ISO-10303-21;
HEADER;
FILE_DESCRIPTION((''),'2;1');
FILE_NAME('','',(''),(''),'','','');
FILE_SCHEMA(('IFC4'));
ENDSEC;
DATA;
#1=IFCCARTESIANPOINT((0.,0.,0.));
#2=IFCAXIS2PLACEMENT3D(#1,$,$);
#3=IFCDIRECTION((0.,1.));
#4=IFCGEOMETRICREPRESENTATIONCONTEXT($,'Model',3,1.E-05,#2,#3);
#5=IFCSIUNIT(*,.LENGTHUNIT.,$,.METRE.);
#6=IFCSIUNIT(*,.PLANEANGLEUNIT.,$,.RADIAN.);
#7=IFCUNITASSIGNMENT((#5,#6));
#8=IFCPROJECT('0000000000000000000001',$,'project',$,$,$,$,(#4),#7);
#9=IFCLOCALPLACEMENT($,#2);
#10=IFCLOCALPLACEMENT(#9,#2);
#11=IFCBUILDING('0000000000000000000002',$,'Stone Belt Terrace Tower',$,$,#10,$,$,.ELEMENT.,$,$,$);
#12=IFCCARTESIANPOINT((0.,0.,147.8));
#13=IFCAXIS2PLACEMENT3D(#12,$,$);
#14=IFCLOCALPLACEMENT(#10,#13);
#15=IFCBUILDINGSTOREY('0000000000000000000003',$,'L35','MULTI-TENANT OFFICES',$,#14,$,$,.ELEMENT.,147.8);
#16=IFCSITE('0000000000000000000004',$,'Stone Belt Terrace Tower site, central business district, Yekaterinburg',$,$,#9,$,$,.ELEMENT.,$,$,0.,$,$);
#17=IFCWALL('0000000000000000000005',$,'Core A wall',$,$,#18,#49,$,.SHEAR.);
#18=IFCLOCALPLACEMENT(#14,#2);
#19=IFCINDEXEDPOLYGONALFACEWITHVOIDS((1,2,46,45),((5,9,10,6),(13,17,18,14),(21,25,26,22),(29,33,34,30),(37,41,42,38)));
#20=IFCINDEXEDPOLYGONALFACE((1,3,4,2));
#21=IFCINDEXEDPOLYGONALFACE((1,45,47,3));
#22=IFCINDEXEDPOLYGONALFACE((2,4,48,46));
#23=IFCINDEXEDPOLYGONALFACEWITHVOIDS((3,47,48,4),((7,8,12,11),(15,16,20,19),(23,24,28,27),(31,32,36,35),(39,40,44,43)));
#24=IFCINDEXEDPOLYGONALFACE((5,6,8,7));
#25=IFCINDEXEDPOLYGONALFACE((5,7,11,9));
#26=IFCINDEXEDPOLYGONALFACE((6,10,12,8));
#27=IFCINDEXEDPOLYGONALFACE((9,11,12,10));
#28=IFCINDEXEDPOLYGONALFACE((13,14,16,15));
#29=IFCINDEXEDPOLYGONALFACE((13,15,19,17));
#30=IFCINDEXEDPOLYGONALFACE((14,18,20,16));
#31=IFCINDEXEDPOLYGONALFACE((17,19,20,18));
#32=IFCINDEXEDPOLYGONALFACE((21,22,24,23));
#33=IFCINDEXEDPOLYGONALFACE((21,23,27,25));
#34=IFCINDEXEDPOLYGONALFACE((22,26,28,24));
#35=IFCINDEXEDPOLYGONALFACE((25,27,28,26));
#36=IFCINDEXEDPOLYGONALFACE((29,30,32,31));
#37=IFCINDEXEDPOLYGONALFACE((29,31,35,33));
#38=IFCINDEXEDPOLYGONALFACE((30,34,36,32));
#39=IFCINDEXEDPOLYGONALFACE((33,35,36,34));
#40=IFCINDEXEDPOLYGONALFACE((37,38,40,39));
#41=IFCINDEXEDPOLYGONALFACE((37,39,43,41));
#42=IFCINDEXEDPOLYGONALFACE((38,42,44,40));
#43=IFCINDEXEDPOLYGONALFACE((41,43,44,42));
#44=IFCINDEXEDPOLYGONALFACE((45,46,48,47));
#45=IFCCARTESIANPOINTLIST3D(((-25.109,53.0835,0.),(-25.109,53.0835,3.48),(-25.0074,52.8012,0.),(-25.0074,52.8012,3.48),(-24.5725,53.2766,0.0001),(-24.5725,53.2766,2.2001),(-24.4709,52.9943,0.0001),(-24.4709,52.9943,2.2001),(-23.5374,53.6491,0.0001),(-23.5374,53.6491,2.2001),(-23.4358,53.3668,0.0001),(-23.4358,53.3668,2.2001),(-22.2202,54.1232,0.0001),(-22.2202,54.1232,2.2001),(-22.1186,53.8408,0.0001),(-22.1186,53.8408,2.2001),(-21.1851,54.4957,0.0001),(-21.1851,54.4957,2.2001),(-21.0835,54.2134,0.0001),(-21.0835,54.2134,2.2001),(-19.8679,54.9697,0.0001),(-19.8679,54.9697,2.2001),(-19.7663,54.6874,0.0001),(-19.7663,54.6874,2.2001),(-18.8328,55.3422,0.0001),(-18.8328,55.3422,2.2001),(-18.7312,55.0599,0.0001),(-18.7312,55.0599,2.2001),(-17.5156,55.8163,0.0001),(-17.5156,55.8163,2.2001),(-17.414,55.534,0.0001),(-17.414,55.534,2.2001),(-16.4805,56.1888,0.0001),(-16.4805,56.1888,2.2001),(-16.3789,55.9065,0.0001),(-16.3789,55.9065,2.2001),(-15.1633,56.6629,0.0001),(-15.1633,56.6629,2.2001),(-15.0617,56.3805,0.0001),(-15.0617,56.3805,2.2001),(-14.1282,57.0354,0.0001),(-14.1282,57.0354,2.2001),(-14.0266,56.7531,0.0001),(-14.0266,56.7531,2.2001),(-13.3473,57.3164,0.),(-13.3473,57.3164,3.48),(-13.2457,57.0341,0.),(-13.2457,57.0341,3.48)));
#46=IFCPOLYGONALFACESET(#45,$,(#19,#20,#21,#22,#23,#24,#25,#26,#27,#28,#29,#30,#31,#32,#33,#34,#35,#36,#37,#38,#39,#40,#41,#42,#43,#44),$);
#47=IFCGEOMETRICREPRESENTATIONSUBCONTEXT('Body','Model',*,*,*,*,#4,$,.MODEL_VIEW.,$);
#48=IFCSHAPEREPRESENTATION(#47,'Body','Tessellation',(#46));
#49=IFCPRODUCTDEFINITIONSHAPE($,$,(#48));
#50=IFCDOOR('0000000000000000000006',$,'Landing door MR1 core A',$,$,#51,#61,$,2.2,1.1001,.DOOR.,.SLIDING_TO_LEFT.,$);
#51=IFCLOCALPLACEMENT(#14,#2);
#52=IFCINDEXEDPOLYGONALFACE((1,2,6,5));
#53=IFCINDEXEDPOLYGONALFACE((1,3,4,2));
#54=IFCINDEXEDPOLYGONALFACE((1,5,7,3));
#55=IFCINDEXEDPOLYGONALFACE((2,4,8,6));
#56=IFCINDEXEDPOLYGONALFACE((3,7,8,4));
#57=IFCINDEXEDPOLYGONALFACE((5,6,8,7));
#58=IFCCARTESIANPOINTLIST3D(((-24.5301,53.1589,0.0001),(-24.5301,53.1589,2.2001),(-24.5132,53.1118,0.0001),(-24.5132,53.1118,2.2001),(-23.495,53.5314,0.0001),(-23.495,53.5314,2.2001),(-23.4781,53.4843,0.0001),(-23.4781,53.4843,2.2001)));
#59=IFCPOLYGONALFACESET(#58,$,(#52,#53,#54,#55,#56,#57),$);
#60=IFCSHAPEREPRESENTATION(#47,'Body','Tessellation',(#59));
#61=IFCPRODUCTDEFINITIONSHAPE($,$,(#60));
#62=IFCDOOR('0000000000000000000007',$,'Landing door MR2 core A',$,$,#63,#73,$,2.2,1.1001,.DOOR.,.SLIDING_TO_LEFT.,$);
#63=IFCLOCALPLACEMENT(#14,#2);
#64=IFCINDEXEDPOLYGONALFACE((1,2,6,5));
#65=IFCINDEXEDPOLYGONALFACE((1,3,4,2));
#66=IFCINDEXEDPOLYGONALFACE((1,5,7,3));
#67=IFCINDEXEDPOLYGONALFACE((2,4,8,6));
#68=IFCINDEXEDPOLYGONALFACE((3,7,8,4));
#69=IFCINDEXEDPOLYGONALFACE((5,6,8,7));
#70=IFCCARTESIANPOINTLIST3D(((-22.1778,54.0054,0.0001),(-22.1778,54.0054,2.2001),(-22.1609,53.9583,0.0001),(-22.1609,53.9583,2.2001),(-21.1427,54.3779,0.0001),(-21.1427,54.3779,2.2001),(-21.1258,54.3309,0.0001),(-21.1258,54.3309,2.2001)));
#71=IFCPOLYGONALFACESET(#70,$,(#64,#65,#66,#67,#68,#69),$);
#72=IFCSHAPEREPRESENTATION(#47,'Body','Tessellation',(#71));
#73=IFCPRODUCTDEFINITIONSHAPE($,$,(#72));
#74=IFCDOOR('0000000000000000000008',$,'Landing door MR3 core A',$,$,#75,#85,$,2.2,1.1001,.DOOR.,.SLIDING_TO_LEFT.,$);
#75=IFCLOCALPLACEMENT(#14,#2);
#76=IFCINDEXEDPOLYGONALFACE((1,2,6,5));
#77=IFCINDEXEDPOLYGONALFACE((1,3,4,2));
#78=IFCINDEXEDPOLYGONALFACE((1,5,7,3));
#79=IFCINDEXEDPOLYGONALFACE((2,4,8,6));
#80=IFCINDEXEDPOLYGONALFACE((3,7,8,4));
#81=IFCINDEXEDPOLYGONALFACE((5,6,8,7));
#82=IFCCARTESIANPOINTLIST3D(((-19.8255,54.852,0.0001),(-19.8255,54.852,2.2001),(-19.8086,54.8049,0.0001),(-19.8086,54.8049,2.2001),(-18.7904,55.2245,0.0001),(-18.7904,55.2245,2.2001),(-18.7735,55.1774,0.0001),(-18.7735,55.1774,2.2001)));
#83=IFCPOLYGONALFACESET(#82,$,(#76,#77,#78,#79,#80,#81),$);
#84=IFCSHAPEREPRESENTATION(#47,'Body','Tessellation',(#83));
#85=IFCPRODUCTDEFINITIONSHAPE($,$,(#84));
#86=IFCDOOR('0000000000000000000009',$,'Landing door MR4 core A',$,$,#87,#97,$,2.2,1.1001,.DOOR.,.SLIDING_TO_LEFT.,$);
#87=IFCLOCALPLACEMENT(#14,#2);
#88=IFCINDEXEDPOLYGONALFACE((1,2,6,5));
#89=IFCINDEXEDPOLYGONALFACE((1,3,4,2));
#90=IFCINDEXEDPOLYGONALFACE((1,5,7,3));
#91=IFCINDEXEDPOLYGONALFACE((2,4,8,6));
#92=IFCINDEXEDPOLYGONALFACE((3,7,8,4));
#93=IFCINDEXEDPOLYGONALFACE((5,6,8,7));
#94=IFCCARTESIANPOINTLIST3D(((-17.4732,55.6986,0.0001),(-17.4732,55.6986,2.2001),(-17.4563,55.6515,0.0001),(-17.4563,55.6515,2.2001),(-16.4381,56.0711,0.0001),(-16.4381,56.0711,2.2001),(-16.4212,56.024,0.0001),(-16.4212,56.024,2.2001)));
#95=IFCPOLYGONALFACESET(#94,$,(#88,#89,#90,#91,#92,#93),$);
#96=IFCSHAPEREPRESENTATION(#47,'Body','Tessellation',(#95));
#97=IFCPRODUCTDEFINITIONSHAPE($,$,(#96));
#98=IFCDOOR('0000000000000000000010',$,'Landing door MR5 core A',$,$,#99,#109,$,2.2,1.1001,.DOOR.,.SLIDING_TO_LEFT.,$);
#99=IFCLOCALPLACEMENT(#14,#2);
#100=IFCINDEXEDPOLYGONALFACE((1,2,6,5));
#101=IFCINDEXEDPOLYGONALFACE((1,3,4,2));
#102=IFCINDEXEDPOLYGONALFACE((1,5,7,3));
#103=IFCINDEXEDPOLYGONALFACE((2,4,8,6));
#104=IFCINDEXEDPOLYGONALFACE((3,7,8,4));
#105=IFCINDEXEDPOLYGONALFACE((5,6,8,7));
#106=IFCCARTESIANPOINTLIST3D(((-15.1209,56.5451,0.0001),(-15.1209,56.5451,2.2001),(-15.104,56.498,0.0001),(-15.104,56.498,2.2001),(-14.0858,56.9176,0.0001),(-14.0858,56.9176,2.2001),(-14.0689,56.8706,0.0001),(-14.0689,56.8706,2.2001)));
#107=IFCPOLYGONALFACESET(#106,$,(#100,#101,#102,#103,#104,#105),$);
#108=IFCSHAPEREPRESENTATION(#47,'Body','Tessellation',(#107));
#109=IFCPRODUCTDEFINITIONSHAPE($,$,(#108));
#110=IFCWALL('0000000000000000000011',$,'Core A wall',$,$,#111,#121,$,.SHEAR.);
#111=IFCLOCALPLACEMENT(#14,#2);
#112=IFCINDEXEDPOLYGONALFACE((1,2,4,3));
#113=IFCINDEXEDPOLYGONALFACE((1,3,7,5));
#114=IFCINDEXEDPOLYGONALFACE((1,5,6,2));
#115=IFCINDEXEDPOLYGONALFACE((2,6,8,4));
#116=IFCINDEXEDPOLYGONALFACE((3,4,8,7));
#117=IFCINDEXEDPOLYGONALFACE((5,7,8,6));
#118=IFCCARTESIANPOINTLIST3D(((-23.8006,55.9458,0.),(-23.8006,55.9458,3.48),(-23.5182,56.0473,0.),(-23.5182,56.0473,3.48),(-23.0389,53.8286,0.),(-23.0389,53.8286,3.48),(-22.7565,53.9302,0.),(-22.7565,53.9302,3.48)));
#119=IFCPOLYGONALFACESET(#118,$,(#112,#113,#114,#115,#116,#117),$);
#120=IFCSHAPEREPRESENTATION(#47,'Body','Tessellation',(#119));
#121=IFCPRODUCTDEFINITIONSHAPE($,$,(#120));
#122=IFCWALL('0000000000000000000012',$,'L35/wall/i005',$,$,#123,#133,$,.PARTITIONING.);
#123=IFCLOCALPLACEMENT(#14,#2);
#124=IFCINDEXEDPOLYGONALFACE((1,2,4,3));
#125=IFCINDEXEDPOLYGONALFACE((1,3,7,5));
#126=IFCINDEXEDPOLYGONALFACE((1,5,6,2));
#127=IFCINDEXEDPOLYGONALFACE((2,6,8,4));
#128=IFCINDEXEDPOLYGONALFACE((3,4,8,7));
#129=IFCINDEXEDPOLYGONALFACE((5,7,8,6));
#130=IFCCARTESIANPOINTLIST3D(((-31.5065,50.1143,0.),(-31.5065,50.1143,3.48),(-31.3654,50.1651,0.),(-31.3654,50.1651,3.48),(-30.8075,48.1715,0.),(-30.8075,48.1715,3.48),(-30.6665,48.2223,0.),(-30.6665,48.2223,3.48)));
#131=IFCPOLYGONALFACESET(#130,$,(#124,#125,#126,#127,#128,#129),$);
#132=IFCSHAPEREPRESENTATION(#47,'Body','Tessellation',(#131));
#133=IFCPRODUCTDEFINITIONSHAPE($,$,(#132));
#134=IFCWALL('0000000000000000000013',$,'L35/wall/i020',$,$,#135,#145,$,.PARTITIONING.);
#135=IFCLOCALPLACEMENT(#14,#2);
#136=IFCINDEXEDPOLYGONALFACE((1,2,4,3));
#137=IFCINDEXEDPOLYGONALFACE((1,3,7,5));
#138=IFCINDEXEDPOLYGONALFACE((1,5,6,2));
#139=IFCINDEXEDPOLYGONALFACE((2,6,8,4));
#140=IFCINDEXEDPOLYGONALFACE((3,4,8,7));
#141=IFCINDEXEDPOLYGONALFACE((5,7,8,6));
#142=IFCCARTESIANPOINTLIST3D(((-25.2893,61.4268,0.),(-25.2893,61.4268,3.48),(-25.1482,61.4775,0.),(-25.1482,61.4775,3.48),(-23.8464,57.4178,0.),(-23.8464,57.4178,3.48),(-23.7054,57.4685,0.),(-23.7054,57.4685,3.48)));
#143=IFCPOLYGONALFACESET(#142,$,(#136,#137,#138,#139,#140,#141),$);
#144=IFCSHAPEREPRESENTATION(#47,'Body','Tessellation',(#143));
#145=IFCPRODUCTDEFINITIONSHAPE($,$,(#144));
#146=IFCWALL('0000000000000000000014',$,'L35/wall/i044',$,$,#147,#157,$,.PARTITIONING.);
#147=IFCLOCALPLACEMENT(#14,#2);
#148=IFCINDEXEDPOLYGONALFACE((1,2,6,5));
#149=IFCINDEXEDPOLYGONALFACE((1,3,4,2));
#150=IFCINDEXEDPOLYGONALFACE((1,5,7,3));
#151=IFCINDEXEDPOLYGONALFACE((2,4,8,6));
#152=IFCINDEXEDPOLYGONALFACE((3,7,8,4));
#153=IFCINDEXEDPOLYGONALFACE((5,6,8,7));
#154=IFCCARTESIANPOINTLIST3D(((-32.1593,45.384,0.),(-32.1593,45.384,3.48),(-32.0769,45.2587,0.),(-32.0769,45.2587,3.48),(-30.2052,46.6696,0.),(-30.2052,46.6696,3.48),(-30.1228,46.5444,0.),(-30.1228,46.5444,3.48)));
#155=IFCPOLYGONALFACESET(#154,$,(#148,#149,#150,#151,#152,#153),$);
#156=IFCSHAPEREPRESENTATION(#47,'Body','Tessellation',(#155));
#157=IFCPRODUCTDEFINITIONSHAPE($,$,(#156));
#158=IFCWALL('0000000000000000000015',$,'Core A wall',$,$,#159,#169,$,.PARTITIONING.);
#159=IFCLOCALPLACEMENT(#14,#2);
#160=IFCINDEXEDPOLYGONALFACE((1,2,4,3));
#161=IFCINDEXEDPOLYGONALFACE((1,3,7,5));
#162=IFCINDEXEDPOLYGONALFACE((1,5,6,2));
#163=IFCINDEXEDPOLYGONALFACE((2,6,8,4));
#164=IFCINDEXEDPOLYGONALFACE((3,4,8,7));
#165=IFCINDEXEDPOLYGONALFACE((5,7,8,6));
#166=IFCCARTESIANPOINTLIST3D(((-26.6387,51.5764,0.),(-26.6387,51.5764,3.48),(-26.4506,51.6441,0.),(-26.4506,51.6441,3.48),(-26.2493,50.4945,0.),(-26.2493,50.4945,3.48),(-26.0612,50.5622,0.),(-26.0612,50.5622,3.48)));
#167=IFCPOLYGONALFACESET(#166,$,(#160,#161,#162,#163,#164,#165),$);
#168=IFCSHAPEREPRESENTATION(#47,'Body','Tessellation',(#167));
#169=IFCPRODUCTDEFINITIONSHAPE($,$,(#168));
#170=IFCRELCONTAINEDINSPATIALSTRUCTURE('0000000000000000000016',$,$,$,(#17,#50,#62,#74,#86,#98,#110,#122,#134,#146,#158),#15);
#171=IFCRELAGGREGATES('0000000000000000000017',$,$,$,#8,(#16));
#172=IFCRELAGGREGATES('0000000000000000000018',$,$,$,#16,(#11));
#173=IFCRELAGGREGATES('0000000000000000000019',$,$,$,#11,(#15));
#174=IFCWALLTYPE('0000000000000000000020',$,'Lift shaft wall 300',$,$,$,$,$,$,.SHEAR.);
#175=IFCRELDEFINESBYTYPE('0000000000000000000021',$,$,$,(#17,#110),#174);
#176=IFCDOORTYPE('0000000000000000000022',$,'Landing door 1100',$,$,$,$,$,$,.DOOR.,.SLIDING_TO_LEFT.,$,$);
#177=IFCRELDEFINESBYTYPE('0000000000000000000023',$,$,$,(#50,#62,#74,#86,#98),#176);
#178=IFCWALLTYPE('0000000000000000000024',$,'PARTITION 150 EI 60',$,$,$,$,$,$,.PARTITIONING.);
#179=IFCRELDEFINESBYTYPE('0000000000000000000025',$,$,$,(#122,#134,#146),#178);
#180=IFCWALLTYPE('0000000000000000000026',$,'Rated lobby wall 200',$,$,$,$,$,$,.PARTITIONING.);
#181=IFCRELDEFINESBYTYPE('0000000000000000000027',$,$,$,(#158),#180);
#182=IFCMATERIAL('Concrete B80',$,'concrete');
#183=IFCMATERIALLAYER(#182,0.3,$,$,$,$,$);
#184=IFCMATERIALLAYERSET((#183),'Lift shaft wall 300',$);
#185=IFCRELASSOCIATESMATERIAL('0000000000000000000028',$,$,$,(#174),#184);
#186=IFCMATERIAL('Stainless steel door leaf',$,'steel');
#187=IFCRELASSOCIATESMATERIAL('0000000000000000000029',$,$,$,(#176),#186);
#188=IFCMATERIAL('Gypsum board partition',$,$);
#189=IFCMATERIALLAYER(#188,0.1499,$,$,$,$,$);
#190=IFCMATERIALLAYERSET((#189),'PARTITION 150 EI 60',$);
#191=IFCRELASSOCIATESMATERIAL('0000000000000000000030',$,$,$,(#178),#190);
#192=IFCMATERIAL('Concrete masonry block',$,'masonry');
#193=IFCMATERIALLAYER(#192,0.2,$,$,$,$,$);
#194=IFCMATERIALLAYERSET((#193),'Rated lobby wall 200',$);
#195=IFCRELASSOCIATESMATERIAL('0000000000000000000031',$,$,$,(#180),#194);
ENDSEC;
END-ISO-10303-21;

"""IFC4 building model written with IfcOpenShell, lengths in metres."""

from ifc_helpers import new_model, si_unit, direction, frame, frame_2d, origin, place, context, subcontext, project, spatial, rectangle, extrude, material, layer, layer_set, type_object, element, fill, save


model = new_model("IFC4")

# Units and contexts
model_context = context("Model", 3, precision=1e-05, world=origin(), true_north=direction((0.0, 1.0)))
body_context = subcontext(model_context, "Body", "Model", "MODEL_VIEW")
ifc_project = project(units=[si_unit("LENGTHUNIT", "METRE"), si_unit("PLANEANGLEUNIT", "RADIAN")], contexts=[model_context])

# Site, building, storey
site_placement = place(None, origin())
site = spatial("IfcSite", under=ifc_project, at=site_placement, Name="Stone Belt Terrace Tower site, central business district, Yekaterinburg", CompositionType="ELEMENT", RefElevation=0.0)
building_placement = place(site_placement, origin())
building = spatial("IfcBuilding", under=site, at=building_placement, Name="Stone Belt Terrace Tower", CompositionType="ELEMENT")
storey_placement = place(building_placement, frame((0.0, 0.0, 147.8)))
storey = spatial("IfcBuildingStorey", under=building, at=storey_placement, Name="L35", Description="MULTI-TENANT OFFICES", CompositionType="ELEMENT", Elevation=147.8)

# Shared definitions
ifc_material_1 = material(Name="Concrete B80", Category="concrete")

# Shared definitions
ifc_layer_1 = layer(ifc_material_1, 0.3)
ifc_layer_set_1 = layer_set([ifc_layer_1], Name="Lift shaft wall 300")
wall_type_1 = type_object("IfcWallType", Name="Lift shaft wall 300", PredefinedType="SHEAR", material=ifc_layer_set_1)
ifc_material_2 = material(Name="Stainless steel door leaf", Category="steel")

# Wall, openings, doors
wall_1_placement = place(storey_placement, frame((-25.0581, 52.9424, 0.0), z_axis=(0.0, 0.0, 1.0), x_axis=(0.940921, 0.338627, 0.0)))
wall_1 = element("IfcWall", 1, at=wall_1_placement, inside=storey, type_object=wall_type_1, Name="Core A wall", PredefinedType="SHEAR", context=body_context, shape_type="SweptSolid", body=[
    extrude(rectangle(XDim=12.5002, YDim=0.3, at=frame_2d((6.25, 0.0))), origin(), (0.0, 0.0, 1.0), 3.48),
])
opening_1_placement = place(wall_1_placement, frame((0.5701, 0.0, 0.0)))
opening_1 = element("IfcOpeningElement", 2, at=opening_1_placement, cuts=wall_1, PredefinedType="OPENING", context=body_context, shape_type="SweptSolid", body=[
    extrude(rectangle(XDim=1.1001, YDim=2.2, at=frame_2d((0.55, 1.1001))), frame((0.0, 0.1599, 0.0), z_axis=(0.0, -1.0, 0.0), x_axis=(1.0, 0.0, 0.0)), (0.0, 0.0, 1.0), 0.3201),
])
opening_2_placement = place(wall_1_placement, frame((3.0701, 0.0, 0.0)))
opening_2 = element("IfcOpeningElement", 3, at=opening_2_placement, cuts=wall_1, PredefinedType="OPENING", context=body_context, shape_type="SweptSolid", body=[
    extrude(rectangle(XDim=1.1001, YDim=2.2, at=frame_2d((0.55, 1.1001))), frame((0.0, 0.1599, 0.0), z_axis=(0.0, -1.0, 0.0), x_axis=(1.0, 0.0, 0.0)), (0.0, 0.0, 1.0), 0.3201),
])
opening_3_placement = place(wall_1_placement, frame((5.5701, 0.0, 0.0)))
opening_3 = element("IfcOpeningElement", 4, at=opening_3_placement, cuts=wall_1, PredefinedType="OPENING", context=body_context, shape_type="SweptSolid", body=[
    extrude(rectangle(XDim=1.1001, YDim=2.2, at=frame_2d((0.55, 1.1001))), frame((0.0, 0.1599, 0.0), z_axis=(0.0, -1.0, 0.0), x_axis=(1.0, 0.0, 0.0)), (0.0, 0.0, 1.0), 0.3201),
])
opening_4_placement = place(wall_1_placement, frame((8.0701, 0.0, 0.0)))
opening_4 = element("IfcOpeningElement", 5, at=opening_4_placement, cuts=wall_1, PredefinedType="OPENING", context=body_context, shape_type="SweptSolid", body=[
    extrude(rectangle(XDim=1.1001, YDim=2.2, at=frame_2d((0.55, 1.1001))), frame((0.0, 0.1599, 0.0), z_axis=(0.0, -1.0, 0.0), x_axis=(1.0, 0.0, 0.0)), (0.0, 0.0, 1.0), 0.3201),
])
opening_5_placement = place(wall_1_placement, frame((10.5701, 0.0, 0.0)))
opening_5 = element("IfcOpeningElement", 6, at=opening_5_placement, cuts=wall_1, PredefinedType="OPENING", context=body_context, shape_type="SweptSolid", body=[
    extrude(rectangle(XDim=1.1001, YDim=2.2, at=frame_2d((0.55, 1.1001))), frame((0.0, 0.1599, 0.0), z_axis=(0.0, -1.0, 0.0), x_axis=(1.0, 0.0, 0.0)), (0.0, 0.0, 1.0), 0.3201),
])
door_type_1 = type_object("IfcDoorType", Name="Landing door 1100", OperationType="SLIDING_TO_LEFT", PredefinedType="DOOR", material=ifc_material_2)
door_1_placement = place(opening_1_placement, origin())
door_1 = element("IfcDoor", 7, at=door_1_placement, inside=storey, type_object=door_type_1, Name="Landing door MR1 core A", OperationType="SLIDING_TO_LEFT", OverallHeight=2.2, OverallWidth=1.1001, PredefinedType="DOOR", context=body_context, shape_type="SweptSolid", body=[
    extrude(rectangle(XDim=1.1001, YDim=2.2, at=frame_2d((0.55, 1.1001))), frame((0.0, 0.0249, 0.0), z_axis=(0.0, -1.0, 0.0), x_axis=(1.0, 0.0, 0.0)), (0.0, 0.0, 1.0), 0.05),
])
fill(opening_1, door_1)
door_2_placement = place(opening_2_placement, origin())
door_2 = element("IfcDoor", 8, at=door_2_placement, inside=storey, type_object=door_type_1, Name="Landing door MR2 core A", OperationType="SLIDING_TO_LEFT", OverallHeight=2.2, OverallWidth=1.1001, PredefinedType="DOOR", context=body_context, shape_type="SweptSolid", body=[
    extrude(rectangle(XDim=1.1001, YDim=2.2, at=frame_2d((0.55, 1.1001))), frame((0.0, 0.0249, 0.0), z_axis=(0.0, -1.0, 0.0), x_axis=(1.0, 0.0, 0.0)), (0.0, 0.0, 1.0), 0.05),
])
fill(opening_2, door_2)
door_3_placement = place(opening_3_placement, origin())
door_3 = element("IfcDoor", 9, at=door_3_placement, inside=storey, type_object=door_type_1, Name="Landing door MR3 core A", OperationType="SLIDING_TO_LEFT", OverallHeight=2.2, OverallWidth=1.1001, PredefinedType="DOOR", context=body_context, shape_type="SweptSolid", body=[
    extrude(rectangle(XDim=1.1001, YDim=2.2, at=frame_2d((0.55, 1.1001))), frame((0.0, 0.0249, 0.0), z_axis=(0.0, -1.0, 0.0), x_axis=(1.0, 0.0, 0.0)), (0.0, 0.0, 1.0), 0.05),
])
fill(opening_3, door_3)
door_4_placement = place(opening_4_placement, origin())
door_4 = element("IfcDoor", 10, at=door_4_placement, inside=storey, type_object=door_type_1, Name="Landing door MR4 core A", OperationType="SLIDING_TO_LEFT", OverallHeight=2.2, OverallWidth=1.1001, PredefinedType="DOOR", context=body_context, shape_type="SweptSolid", body=[
    extrude(rectangle(XDim=1.1001, YDim=2.2, at=frame_2d((0.55, 1.1001))), frame((0.0, 0.0249, 0.0), z_axis=(0.0, -1.0, 0.0), x_axis=(1.0, 0.0, 0.0)), (0.0, 0.0, 1.0), 0.05),
])
fill(opening_4, door_4)
door_5_placement = place(opening_5_placement, origin())
door_5 = element("IfcDoor", 11, at=door_5_placement, inside=storey, type_object=door_type_1, Name="Landing door MR5 core A", OperationType="SLIDING_TO_LEFT", OverallHeight=2.2, OverallWidth=1.1001, PredefinedType="DOOR", context=body_context, shape_type="SweptSolid", body=[
    extrude(rectangle(XDim=1.1001, YDim=2.2, at=frame_2d((0.55, 1.1001))), frame((0.0, 0.0249, 0.0), z_axis=(0.0, -1.0, 0.0), x_axis=(1.0, 0.0, 0.0)), (0.0, 0.0, 1.0), 0.05),
])
fill(opening_5, door_5)

# Walls
wall_2_placement = place(storey_placement, frame((-22.8977, 53.8794, 0.0), z_axis=(0.0, 0.0, 1.0), x_axis=(-0.338535, 0.940954, 0.0)))
element("IfcWall", 12, at=wall_2_placement, inside=storey, type_object=wall_type_1, Name="Core A wall", PredefinedType="SHEAR", context=body_context, shape_type="SweptSolid", body=[
    extrude(rectangle(XDim=2.25, YDim=0.3, at=frame_2d((1.125, 0.0))), origin(), (0.0, 0.0, 1.0), 3.48),
])
ifc_material_3 = material(Name="Gypsum board partition")
ifc_layer_2 = layer(ifc_material_3, 0.1499)
ifc_layer_set_2 = layer_set([ifc_layer_2], Name="PARTITION 150 EI 60")
wall_type_2 = type_object("IfcWallType", Name="PARTITION 150 EI 60", PredefinedType="PARTITIONING", material=ifc_layer_set_2)
wall_3_placement = place(storey_placement, frame((-30.7371, 48.197, 0.0), z_axis=(0.0, 0.0, 1.0), x_axis=(-0.338523, 0.940958, 0.0)))
element("IfcWall", 13, at=wall_3_placement, inside=storey, type_object=wall_type_2, Name="L35/wall/i005", PredefinedType="PARTITIONING", context=body_context, shape_type="SweptSolid", body=[
    extrude(rectangle(XDim=2.0647, YDim=0.1499, at=frame_2d((1.0322, 0.0))), origin(), (0.0, 0.0, 1.0), 3.48),
])
wall_4_placement = place(storey_placement, frame((-25.2188, 61.4521, 0.0), z_axis=(0.0, 0.0, 1.0), x_axis=(0.33864, -0.940916, 0.0)))
element("IfcWall", 14, at=wall_4_placement, inside=storey, type_object=wall_type_2, Name="L35/wall/i020", PredefinedType="PARTITIONING", context=body_context, shape_type="SweptSolid", body=[
    extrude(rectangle(XDim=4.2607, YDim=0.1499, at=frame_2d((2.1304, 0.0))), origin(), (0.0, 0.0, 1.0), 3.48),
])
wall_5_placement = place(storey_placement, frame((-30.1641, 46.6069, 0.0), z_axis=(0.0, 0.0, 1.0), x_axis=(-0.835407, -0.549632, 0.0)))
element("IfcWall", 15, at=wall_5_placement, inside=storey, type_object=wall_type_2, Name="L35/wall/i044", PredefinedType="PARTITIONING", context=body_context, shape_type="SweptSolid", body=[
    extrude(rectangle(XDim=2.3391, YDim=0.1499, at=frame_2d((1.1694, 0.0))), origin(), (0.0, 0.0, 1.0), 3.48),
])
ifc_material_4 = material(Name="Concrete masonry block", Category="masonry")
ifc_layer_3 = layer(ifc_material_4, 0.2)
ifc_layer_set_3 = layer_set([ifc_layer_3], Name="Rated lobby wall 200")
wall_type_3 = type_object("IfcWallType", Name="Rated lobby wall 200", PredefinedType="PARTITIONING", material=ifc_layer_set_3)
wall_6_placement = place(storey_placement, frame((-26.1553, 50.5283, 0.0), z_axis=(0.0, 0.0, 1.0), x_axis=(-0.338622, 0.940923, 0.0)))
element("IfcWall", 16, at=wall_6_placement, inside=storey, type_object=wall_type_3, Name="Core A wall", PredefinedType="PARTITIONING", context=body_context, shape_type="SweptSolid", body=[
    extrude(rectangle(XDim=1.1499, YDim=0.2, at=frame_2d((0.575, 0.0))), origin(), (0.0, 0.0, 1.0), 3.48),
])

save(model, "model.ifc")
